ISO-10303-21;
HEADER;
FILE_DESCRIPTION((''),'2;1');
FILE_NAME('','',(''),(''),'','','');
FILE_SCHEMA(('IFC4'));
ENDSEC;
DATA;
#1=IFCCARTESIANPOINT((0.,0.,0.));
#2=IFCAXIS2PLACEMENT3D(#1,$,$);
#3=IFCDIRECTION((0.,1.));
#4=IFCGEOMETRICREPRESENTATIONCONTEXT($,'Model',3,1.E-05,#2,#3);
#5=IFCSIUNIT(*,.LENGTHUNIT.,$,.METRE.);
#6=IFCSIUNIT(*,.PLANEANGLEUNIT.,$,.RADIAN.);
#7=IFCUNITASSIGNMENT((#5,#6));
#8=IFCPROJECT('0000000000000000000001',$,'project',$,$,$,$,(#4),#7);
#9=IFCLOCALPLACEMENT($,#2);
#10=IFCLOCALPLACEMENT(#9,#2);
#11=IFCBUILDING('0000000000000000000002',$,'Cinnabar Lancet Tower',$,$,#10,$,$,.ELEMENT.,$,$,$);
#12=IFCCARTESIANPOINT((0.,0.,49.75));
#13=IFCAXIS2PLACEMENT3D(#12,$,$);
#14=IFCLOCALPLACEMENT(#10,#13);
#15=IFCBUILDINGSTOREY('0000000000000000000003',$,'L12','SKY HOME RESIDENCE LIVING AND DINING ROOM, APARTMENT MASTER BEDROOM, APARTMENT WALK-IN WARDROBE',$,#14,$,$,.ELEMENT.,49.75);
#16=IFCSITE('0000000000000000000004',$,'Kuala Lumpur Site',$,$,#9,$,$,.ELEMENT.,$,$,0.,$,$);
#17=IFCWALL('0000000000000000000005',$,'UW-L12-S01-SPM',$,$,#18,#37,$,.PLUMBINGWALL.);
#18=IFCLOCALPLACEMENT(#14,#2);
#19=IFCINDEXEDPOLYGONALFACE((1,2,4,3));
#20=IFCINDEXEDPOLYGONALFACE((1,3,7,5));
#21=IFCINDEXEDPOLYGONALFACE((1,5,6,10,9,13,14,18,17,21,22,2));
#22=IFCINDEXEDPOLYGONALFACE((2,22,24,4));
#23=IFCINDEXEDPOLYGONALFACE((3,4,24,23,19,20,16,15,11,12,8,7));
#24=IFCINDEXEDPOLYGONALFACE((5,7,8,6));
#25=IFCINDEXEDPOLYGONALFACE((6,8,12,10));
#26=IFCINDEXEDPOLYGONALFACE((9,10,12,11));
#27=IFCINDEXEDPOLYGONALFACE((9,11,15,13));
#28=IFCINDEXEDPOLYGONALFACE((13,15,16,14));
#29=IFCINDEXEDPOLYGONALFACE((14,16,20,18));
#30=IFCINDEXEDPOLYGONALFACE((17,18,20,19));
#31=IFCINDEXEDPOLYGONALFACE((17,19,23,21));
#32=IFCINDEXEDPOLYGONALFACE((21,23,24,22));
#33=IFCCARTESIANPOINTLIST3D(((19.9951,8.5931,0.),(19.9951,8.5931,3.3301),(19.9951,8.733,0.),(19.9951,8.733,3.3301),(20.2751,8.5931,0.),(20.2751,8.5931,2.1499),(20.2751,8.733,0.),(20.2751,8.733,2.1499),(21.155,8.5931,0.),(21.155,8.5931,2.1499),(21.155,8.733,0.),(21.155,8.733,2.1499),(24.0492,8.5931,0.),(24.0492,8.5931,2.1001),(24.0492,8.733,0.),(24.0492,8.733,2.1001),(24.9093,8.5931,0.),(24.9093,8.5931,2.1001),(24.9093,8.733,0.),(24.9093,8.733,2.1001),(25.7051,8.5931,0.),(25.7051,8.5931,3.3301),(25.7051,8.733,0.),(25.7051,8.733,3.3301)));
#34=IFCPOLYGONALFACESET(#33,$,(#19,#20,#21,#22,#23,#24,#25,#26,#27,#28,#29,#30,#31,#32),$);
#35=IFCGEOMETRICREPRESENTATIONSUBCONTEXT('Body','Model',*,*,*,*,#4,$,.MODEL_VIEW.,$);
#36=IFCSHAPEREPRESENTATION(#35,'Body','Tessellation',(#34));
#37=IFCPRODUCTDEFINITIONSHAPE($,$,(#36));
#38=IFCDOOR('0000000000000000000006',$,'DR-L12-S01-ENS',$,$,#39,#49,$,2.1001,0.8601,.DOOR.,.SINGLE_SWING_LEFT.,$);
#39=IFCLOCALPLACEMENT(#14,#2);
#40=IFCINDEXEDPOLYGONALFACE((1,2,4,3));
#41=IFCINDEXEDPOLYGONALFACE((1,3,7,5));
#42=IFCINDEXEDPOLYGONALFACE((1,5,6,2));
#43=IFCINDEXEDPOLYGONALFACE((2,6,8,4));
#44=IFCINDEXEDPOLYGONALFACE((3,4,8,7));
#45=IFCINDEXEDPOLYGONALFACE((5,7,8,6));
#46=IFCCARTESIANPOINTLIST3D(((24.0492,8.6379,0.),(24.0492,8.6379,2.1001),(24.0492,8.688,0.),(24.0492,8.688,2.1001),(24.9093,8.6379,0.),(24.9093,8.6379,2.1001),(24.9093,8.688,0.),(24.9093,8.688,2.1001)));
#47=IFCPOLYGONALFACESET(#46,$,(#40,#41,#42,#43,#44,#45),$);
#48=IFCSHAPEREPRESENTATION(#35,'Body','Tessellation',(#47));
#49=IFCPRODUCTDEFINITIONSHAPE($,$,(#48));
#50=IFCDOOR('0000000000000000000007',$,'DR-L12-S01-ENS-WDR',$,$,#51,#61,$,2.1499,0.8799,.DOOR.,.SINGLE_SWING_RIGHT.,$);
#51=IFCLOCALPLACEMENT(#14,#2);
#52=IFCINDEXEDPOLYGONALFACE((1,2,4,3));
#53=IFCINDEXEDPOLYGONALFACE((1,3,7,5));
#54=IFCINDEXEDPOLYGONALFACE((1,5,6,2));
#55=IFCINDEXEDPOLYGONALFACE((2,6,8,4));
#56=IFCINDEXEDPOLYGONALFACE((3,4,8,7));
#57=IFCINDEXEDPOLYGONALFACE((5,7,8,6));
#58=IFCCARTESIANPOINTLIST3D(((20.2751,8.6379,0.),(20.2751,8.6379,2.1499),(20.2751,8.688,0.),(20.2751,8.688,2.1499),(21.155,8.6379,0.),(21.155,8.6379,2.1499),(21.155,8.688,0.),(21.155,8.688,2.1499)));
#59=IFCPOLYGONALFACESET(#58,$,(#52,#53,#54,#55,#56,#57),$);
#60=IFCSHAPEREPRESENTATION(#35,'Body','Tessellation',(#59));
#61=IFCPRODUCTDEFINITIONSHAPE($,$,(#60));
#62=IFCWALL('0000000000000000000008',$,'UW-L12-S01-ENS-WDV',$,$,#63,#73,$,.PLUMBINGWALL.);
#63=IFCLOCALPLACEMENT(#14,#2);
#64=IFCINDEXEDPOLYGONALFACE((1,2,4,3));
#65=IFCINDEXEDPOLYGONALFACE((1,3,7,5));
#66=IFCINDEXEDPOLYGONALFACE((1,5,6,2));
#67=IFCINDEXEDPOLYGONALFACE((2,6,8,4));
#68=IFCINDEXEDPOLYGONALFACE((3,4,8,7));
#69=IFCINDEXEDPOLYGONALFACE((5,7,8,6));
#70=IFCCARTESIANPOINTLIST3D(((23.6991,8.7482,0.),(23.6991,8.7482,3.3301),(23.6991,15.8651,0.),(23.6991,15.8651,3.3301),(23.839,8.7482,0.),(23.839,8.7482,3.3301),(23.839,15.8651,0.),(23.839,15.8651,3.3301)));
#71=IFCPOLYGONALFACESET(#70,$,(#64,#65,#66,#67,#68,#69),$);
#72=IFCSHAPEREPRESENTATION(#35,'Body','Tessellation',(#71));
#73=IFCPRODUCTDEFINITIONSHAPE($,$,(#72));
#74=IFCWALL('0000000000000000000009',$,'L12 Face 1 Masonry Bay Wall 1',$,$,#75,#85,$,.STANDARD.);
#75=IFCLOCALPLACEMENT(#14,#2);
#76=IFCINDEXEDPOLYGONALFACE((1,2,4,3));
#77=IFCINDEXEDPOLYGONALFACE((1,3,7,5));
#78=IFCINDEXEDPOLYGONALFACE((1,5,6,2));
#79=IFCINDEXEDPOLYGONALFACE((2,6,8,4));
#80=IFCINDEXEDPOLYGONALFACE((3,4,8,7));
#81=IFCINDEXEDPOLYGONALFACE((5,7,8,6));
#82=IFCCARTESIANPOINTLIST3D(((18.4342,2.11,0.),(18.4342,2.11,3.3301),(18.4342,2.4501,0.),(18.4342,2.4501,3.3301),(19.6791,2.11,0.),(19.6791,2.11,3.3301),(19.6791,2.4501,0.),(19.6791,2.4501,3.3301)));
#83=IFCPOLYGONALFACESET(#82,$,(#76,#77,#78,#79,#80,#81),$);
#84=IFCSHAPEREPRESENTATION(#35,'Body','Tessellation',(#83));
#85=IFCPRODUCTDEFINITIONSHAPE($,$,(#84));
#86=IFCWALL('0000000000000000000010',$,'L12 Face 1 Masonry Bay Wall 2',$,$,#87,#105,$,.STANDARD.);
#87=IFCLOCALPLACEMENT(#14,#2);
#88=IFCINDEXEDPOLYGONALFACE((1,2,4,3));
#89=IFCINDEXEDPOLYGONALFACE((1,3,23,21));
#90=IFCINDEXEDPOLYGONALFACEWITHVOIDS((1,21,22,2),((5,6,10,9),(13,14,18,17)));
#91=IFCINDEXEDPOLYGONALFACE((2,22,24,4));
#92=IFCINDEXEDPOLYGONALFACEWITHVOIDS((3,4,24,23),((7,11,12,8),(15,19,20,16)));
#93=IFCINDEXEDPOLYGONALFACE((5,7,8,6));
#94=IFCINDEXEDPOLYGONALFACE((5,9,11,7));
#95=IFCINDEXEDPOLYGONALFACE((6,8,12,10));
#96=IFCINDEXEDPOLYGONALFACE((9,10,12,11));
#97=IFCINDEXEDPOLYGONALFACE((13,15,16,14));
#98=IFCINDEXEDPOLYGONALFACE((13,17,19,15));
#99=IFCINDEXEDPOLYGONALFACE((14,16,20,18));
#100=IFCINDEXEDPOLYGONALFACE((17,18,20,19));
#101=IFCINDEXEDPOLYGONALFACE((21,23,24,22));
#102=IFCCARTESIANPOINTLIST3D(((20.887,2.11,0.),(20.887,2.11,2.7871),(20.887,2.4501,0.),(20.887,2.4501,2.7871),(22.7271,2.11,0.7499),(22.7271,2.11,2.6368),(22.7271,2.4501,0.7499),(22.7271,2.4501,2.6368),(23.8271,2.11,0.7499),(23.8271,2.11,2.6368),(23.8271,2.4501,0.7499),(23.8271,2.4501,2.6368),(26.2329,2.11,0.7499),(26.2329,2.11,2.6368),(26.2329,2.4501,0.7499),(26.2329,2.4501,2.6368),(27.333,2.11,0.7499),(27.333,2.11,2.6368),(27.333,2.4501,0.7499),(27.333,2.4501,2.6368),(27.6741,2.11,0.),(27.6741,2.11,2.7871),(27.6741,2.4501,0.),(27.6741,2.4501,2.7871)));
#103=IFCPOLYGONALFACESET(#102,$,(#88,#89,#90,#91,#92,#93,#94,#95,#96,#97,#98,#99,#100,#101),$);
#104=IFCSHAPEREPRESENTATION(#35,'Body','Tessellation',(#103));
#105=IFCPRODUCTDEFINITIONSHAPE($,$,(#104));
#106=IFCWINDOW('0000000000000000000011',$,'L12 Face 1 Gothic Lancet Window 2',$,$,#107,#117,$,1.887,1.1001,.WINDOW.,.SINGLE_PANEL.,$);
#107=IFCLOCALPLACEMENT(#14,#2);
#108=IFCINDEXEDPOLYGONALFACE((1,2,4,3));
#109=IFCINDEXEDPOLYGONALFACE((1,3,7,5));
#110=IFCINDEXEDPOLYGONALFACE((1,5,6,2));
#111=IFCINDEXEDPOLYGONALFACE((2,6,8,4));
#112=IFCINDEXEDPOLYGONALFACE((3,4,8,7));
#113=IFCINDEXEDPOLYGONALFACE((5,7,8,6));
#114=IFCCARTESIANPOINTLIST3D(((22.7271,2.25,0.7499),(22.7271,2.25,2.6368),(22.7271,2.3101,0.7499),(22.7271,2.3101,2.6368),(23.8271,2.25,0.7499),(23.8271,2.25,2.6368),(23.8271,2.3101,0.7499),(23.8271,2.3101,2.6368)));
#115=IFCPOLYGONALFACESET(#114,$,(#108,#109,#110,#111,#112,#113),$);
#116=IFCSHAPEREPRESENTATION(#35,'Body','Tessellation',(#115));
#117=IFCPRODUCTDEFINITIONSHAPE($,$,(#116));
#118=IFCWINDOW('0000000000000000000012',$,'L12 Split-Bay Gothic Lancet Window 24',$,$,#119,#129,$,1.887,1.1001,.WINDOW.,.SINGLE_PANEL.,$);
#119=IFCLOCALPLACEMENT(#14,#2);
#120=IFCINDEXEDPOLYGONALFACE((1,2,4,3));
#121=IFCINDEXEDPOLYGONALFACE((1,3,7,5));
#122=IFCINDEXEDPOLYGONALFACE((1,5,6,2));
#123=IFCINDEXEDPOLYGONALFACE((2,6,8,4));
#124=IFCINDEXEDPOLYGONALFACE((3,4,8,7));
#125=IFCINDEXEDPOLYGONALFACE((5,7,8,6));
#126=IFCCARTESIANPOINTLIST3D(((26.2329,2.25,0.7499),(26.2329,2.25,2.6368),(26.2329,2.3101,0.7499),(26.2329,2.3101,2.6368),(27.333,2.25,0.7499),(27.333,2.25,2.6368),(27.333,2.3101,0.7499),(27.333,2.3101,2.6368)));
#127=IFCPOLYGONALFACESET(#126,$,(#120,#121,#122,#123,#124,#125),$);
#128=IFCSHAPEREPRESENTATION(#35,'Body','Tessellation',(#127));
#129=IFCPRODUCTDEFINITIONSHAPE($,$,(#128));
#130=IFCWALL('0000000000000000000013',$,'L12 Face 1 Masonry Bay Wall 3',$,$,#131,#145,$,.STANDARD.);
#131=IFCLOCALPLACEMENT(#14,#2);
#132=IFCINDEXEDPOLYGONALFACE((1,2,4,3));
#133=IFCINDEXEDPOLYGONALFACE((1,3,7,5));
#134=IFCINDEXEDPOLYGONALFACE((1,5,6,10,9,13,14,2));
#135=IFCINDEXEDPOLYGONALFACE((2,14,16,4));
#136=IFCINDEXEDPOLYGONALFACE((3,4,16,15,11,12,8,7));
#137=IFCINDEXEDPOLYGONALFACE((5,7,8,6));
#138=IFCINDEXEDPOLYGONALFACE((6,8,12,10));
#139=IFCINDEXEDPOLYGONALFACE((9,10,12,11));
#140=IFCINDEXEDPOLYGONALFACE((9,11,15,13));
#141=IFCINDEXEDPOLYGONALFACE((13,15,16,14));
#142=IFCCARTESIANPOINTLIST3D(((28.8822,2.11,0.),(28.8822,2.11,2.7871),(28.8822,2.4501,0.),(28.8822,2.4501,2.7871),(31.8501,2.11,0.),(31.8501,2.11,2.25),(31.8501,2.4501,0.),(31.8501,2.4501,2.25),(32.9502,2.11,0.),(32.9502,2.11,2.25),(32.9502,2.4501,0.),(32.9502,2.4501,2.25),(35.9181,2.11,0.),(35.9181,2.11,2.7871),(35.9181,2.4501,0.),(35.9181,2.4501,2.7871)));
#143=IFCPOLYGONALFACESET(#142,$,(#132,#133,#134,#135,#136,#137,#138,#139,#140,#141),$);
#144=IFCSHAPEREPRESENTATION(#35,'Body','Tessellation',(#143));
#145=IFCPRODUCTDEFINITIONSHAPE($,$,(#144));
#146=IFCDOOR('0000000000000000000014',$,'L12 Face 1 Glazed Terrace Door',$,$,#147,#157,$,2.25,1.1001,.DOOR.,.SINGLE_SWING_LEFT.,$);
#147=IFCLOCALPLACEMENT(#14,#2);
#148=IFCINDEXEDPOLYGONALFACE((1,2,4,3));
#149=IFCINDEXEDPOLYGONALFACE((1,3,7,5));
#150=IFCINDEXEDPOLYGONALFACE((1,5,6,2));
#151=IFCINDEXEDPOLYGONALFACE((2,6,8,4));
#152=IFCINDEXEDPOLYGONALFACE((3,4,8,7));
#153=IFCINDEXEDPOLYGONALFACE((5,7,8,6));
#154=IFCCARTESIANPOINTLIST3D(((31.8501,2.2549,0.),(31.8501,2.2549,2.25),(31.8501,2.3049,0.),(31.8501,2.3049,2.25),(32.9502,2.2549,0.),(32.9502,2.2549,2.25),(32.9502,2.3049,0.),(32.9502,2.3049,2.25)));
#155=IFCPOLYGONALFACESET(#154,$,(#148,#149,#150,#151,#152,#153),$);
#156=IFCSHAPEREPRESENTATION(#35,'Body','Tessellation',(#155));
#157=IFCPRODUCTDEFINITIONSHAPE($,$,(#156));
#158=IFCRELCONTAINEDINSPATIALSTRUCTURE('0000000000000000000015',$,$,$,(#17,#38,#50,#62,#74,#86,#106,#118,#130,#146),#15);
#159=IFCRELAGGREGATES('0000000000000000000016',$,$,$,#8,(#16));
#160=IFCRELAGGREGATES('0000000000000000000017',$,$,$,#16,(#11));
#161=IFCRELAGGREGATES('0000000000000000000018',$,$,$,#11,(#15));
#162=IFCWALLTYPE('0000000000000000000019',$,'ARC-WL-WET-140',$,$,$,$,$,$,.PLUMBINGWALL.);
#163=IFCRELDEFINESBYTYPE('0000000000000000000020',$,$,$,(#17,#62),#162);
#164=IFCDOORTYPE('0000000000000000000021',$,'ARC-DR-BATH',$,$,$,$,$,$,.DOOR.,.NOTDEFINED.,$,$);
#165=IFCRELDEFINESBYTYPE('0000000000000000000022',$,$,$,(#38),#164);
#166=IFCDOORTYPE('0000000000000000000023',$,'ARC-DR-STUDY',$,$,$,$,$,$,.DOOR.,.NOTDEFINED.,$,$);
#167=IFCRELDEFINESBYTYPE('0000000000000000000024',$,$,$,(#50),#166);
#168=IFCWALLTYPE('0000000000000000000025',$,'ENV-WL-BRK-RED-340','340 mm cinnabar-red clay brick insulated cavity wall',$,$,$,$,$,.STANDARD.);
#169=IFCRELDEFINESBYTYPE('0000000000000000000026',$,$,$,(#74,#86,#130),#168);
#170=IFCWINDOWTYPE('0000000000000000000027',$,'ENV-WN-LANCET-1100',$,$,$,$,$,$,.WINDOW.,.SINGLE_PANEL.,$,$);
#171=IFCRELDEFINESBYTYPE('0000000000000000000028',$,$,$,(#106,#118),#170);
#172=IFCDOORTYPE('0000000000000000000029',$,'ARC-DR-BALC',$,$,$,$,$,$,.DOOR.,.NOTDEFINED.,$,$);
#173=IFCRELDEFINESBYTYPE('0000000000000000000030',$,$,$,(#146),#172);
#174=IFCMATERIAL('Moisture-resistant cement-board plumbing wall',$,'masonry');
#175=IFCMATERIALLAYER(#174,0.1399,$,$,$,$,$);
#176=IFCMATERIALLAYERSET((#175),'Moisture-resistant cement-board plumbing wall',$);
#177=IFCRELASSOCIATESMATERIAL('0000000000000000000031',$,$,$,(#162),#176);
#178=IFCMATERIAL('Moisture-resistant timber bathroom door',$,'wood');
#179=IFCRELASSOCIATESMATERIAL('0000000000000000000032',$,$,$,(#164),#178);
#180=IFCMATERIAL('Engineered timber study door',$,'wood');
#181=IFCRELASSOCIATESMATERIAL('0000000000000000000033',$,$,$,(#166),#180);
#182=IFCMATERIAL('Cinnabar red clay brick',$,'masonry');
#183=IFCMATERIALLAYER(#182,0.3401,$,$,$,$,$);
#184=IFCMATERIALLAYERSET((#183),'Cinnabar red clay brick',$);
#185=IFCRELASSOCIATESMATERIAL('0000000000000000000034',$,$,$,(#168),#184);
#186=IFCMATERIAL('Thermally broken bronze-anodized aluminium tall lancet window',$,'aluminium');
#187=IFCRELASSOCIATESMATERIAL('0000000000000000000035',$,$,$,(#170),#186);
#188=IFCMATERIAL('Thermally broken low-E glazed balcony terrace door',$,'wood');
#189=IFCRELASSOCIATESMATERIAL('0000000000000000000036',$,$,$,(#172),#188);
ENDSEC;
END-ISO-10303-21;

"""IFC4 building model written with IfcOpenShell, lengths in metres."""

from ifc_helpers import new_model, si_unit, direction, frame, frame_2d, origin, place, context, subcontext, project, spatial, rectangle, extrude, material, layer, layer_set, type_object, element, fill, save


model = new_model("IFC4")

# Units and contexts
model_context = context("Model", 3, precision=1e-05, world=origin(), true_north=direction((0.0, 1.0)))
body_context = subcontext(model_context, "Body", "Model", "MODEL_VIEW")
ifc_project = project(units=[si_unit("LENGTHUNIT", "METRE"), si_unit("PLANEANGLEUNIT", "RADIAN")], contexts=[model_context])

# Site, building, storey
site_placement = place(None, origin())
site = spatial("IfcSite", under=ifc_project, at=site_placement, Name="Kuala Lumpur Site", CompositionType="ELEMENT", RefElevation=0.0)
building_placement = place(site_placement, origin())
building = spatial("IfcBuilding", under=site, at=building_placement, Name="Cinnabar Lancet Tower", CompositionType="ELEMENT")
storey_placement = place(building_placement, frame((0.0, 0.0, 49.75)))
storey = spatial("IfcBuildingStorey", under=building, at=storey_placement, Name="L12", Description="SKY HOME RESIDENCE LIVING AND DINING ROOM, APARTMENT MASTER BEDROOM, APARTMENT WALK-IN WARDROBE", CompositionType="ELEMENT", Elevation=49.75)

# Wall, openings, doors
ifc_material_1 = material(Name="Moisture-resistant cement-board plumbing wall", Category="masonry")
ifc_layer_1 = layer(ifc_material_1, 0.1399)
ifc_layer_set_1 = layer_set([ifc_layer_1], Name="Moisture-resistant cement-board plumbing wall")
wall_type_1 = type_object("IfcWallType", Name="ARC-WL-WET-140", PredefinedType="PLUMBINGWALL", material=ifc_layer_set_1)
ifc_material_2 = material(Name="Moisture-resistant timber bathroom door", Category="wood")
door_type_1 = type_object("IfcDoorType", Name="ARC-DR-BATH", OperationType="NOTDEFINED", PredefinedType="DOOR", material=ifc_material_2)
ifc_material_3 = material(Name="Engineered timber study door", Category="wood")
door_type_2 = type_object("IfcDoorType", Name="ARC-DR-STUDY", OperationType="NOTDEFINED", PredefinedType="DOOR", material=ifc_material_3)
wall_1_placement = place(storey_placement, frame((19.9951, 8.6631, 0.0), z_axis=(0.0, 0.0, 1.0), x_axis=(1.0, 0.0, 0.0)))
wall_1 = element("IfcWall", 1, at=wall_1_placement, inside=storey, type_object=wall_type_1, Name="UW-L12-S01-SPM", PredefinedType="PLUMBINGWALL", context=body_context, shape_type="SweptSolid", body=[
    extrude(rectangle(XDim=5.71, YDim=0.1399, at=frame_2d((2.855, 0.0))), origin(), (0.0, 0.0, 1.0), 3.3301),
])
opening_1_placement = place(wall_1_placement, frame((0.28, 0.0, 0.0)))
opening_1 = element("IfcOpeningElement", 2, at=opening_1_placement, cuts=wall_1, PredefinedType="OPENING", context=body_context, shape_type="SweptSolid", body=[
    extrude(rectangle(XDim=0.8799, YDim=2.1499, at=frame_2d((0.4399, 1.075))), frame((0.0, 0.0798, 0.0), z_axis=(0.0, -1.0, 0.0), x_axis=(1.0, 0.0, 0.0)), (0.0, 0.0, 1.0), 0.1599),
])
opening_2_placement = place(wall_1_placement, frame((4.054, 0.0, 0.0)))
opening_2 = element("IfcOpeningElement", 3, at=opening_2_placement, cuts=wall_1, PredefinedType="OPENING", context=body_context, shape_type="SweptSolid", body=[
    extrude(rectangle(XDim=0.8601, YDim=2.1001, at=frame_2d((0.4302, 1.05))), frame((0.0, 0.0798, 0.0), z_axis=(0.0, -1.0, 0.0), x_axis=(1.0, 0.0, 0.0)), (0.0, 0.0, 1.0), 0.1599),
])
door_1_placement = place(opening_2_placement, origin())
door_1 = element("IfcDoor", 4, at=door_1_placement, inside=storey, type_object=door_type_1, Name="DR-L12-S01-ENS", OperationType="SINGLE_SWING_LEFT", OverallHeight=2.1001, OverallWidth=0.8601, PredefinedType="DOOR", context=body_context, shape_type="SweptSolid", body=[
    extrude(rectangle(XDim=0.8601, YDim=2.1001, at=frame_2d((0.4302, 1.05))), frame((0.0, 0.0249, 0.0), z_axis=(0.0, -1.0, 0.0), x_axis=(1.0, 0.0, 0.0)), (0.0, 0.0, 1.0), 0.05),
])
fill(opening_2, door_1)
door_2_placement = place(opening_1_placement, origin())
door_2 = element("IfcDoor", 5, at=door_2_placement, inside=storey, type_object=door_type_2, Name="DR-L12-S01-ENS-WDR", OperationType="SINGLE_SWING_RIGHT", OverallHeight=2.1499, OverallWidth=0.8799, PredefinedType="DOOR", context=body_context, shape_type="SweptSolid", body=[
    extrude(rectangle(XDim=0.8799, YDim=2.1499, at=frame_2d((0.4399, 1.075))), frame((0.0, 0.0249, 0.0), z_axis=(0.0, -1.0, 0.0), x_axis=(1.0, 0.0, 0.0)), (0.0, 0.0, 1.0), 0.05),
])
fill(opening_1, door_2)

# Walls
wall_2_placement = place(storey_placement, frame((23.769, 8.748, 0.0), z_axis=(0.0, 0.0, 1.0), x_axis=(0.0, 1.0, 0.0)))
element("IfcWall", 6, at=wall_2_placement, inside=storey, type_object=wall_type_1, Name="UW-L12-S01-ENS-WDV", PredefinedType="PLUMBINGWALL", context=body_context, shape_type="SweptSolid", body=[
    extrude(rectangle(XDim=7.1169, YDim=0.1399, at=frame_2d((3.5586, 0.0))), origin(), (0.0, 0.0, 1.0), 3.3301),
])
ifc_material_4 = material(Name="Cinnabar red clay brick", Category="masonry")
ifc_layer_2 = layer(ifc_material_4, 0.3401)
ifc_layer_set_2 = layer_set([ifc_layer_2], Name="Cinnabar red clay brick")
wall_type_2 = type_object("IfcWallType", Name="ENV-WL-BRK-RED-340", Description="340 mm cinnabar-red clay brick insulated cavity wall", PredefinedType="STANDARD", material=ifc_layer_set_2)
wall_3_placement = place(storey_placement, frame((18.4341, 2.28, 0.0), z_axis=(0.0, 0.0, 1.0), x_axis=(1.0, 0.0, 0.0)))
element("IfcWall", 7, at=wall_3_placement, inside=storey, type_object=wall_type_2, Name="L12 Face 1 Masonry Bay Wall 1", PredefinedType="STANDARD", context=body_context, shape_type="SweptSolid", body=[
    extrude(rectangle(XDim=1.2449, YDim=0.3401, at=frame_2d((0.6226, 0.0))), origin(), (0.0, 0.0, 1.0), 3.3301),
])

# Wall, openings, windows
wall_4_placement = place(storey_placement, frame((20.887, 2.28, 0.0), z_axis=(0.0, 0.0, 1.0), x_axis=(1.0, 0.0, 0.0)))
wall_4 = element("IfcWall", 8, at=wall_4_placement, inside=storey, type_object=wall_type_2, Name="L12 Face 1 Masonry Bay Wall 2", PredefinedType="STANDARD", context=body_context, shape_type="SweptSolid", body=[
    extrude(rectangle(XDim=6.7871, YDim=0.3401, at=frame_2d((3.3936, 0.0))), origin(), (0.0, 0.0, 1.0), 2.7871),
])
opening_3_placement = place(wall_4_placement, frame((1.8401, 0.0, 0.75)))
opening_3 = element("IfcOpeningElement", 9, at=opening_3_placement, cuts=wall_4, PredefinedType="OPENING", context=body_context, shape_type="SweptSolid", body=[
    extrude(rectangle(XDim=1.1001, YDim=1.887, at=frame_2d((0.55, 0.9434))), frame((0.0, 0.1799, 0.0), z_axis=(0.0, -1.0, 0.0), x_axis=(1.0, 0.0, 0.0)), (0.0, 0.0, 1.0), 0.3601),
])
opening_4_placement = place(wall_4_placement, frame((5.3459, 0.0, 0.75)))
opening_4 = element("IfcOpeningElement", 10, at=opening_4_placement, cuts=wall_4, PredefinedType="OPENING", context=body_context, shape_type="SweptSolid", body=[
    extrude(rectangle(XDim=1.1001, YDim=1.887, at=frame_2d((0.55, 0.9434))), frame((0.0, 0.1799, 0.0), z_axis=(0.0, -1.0, 0.0), x_axis=(1.0, 0.0, 0.0)), (0.0, 0.0, 1.0), 0.3601),
])
ifc_material_5 = material(Name="Thermally broken bronze-anodized aluminium tall lancet window", Category="aluminium")
window_type = type_object("IfcWindowType", Name="ENV-WN-LANCET-1100", PartitioningType="SINGLE_PANEL", PredefinedType="WINDOW", material=ifc_material_5)
window_1_placement = place(opening_3_placement, origin())
window_1 = element("IfcWindow", 11, at=window_1_placement, inside=storey, type_object=window_type, Name="L12 Face 1 Gothic Lancet Window 2", OverallHeight=1.887, OverallWidth=1.1001, PartitioningType="SINGLE_PANEL", PredefinedType="WINDOW", context=body_context, shape_type="SweptSolid", body=[
    extrude(rectangle(XDim=1.1001, YDim=1.887, at=frame_2d((0.55, 0.9434))), frame((0.0, 0.03, 0.0), z_axis=(0.0, -1.0, 0.0), x_axis=(1.0, 0.0, 0.0)), (0.0, 0.0, 1.0), 0.0601),
])
fill(opening_3, window_1)
window_2_placement = place(opening_4_placement, origin())
window_2 = element("IfcWindow", 12, at=window_2_placement, inside=storey, type_object=window_type, Name="L12 Split-Bay Gothic Lancet Window 24", OverallHeight=1.887, OverallWidth=1.1001, PartitioningType="SINGLE_PANEL", PredefinedType="WINDOW", context=body_context, shape_type="SweptSolid", body=[
    extrude(rectangle(XDim=1.1001, YDim=1.887, at=frame_2d((0.55, 0.9434))), frame((0.0, 0.03, 0.0), z_axis=(0.0, -1.0, 0.0), x_axis=(1.0, 0.0, 0.0)), (0.0, 0.0, 1.0), 0.0601),
])
fill(opening_4, window_2)

# Wall, opening, door
wall_5_placement = place(storey_placement, frame((28.8821, 2.28, 0.0), z_axis=(0.0, 0.0, 1.0), x_axis=(1.0, 0.0, 0.0)))
wall_5 = element("IfcWall", 13, at=wall_5_placement, inside=storey, type_object=wall_type_2, Name="L12 Face 1 Masonry Bay Wall 3", PredefinedType="STANDARD", context=body_context, shape_type="SweptSolid", body=[
    extrude(rectangle(XDim=7.0359, YDim=0.3401, at=frame_2d((3.5181, 0.0))), origin(), (0.0, 0.0, 1.0), 2.7871),
])
opening_5_placement = place(wall_5_placement, frame((2.968, 0.0, 0.0)))
opening_5 = element("IfcOpeningElement", 14, at=opening_5_placement, cuts=wall_5, PredefinedType="OPENING", context=body_context, shape_type="SweptSolid", body=[
    extrude(rectangle(XDim=1.1001, YDim=2.25, at=frame_2d((0.55, 1.125))), frame((0.0, 0.1799, 0.0), z_axis=(0.0, -1.0, 0.0), x_axis=(1.0, 0.0, 0.0)), (0.0, 0.0, 1.0), 0.3601),
])
ifc_material_6 = material(Name="Thermally broken low-E glazed balcony terrace door", Category="wood")
door_type_3 = type_object("IfcDoorType", Name="ARC-DR-BALC", OperationType="NOTDEFINED", PredefinedType="DOOR", material=ifc_material_6)
door_3_placement = place(opening_5_placement, origin())
door_3 = element("IfcDoor", 15, at=door_3_placement, inside=storey, type_object=door_type_3, Name="L12 Face 1 Glazed Terrace Door", OperationType="SINGLE_SWING_LEFT", OverallHeight=2.25, OverallWidth=1.1001, PredefinedType="DOOR", context=body_context, shape_type="SweptSolid", body=[
    extrude(rectangle(XDim=1.1001, YDim=2.25, at=frame_2d((0.55, 1.125))), frame((0.0, 0.0249, 0.0), z_axis=(0.0, -1.0, 0.0), x_axis=(1.0, 0.0, 0.0)), (0.0, 0.0, 1.0), 0.05),
])
fill(opening_5, door_3)

save(model, "model.ifc")
